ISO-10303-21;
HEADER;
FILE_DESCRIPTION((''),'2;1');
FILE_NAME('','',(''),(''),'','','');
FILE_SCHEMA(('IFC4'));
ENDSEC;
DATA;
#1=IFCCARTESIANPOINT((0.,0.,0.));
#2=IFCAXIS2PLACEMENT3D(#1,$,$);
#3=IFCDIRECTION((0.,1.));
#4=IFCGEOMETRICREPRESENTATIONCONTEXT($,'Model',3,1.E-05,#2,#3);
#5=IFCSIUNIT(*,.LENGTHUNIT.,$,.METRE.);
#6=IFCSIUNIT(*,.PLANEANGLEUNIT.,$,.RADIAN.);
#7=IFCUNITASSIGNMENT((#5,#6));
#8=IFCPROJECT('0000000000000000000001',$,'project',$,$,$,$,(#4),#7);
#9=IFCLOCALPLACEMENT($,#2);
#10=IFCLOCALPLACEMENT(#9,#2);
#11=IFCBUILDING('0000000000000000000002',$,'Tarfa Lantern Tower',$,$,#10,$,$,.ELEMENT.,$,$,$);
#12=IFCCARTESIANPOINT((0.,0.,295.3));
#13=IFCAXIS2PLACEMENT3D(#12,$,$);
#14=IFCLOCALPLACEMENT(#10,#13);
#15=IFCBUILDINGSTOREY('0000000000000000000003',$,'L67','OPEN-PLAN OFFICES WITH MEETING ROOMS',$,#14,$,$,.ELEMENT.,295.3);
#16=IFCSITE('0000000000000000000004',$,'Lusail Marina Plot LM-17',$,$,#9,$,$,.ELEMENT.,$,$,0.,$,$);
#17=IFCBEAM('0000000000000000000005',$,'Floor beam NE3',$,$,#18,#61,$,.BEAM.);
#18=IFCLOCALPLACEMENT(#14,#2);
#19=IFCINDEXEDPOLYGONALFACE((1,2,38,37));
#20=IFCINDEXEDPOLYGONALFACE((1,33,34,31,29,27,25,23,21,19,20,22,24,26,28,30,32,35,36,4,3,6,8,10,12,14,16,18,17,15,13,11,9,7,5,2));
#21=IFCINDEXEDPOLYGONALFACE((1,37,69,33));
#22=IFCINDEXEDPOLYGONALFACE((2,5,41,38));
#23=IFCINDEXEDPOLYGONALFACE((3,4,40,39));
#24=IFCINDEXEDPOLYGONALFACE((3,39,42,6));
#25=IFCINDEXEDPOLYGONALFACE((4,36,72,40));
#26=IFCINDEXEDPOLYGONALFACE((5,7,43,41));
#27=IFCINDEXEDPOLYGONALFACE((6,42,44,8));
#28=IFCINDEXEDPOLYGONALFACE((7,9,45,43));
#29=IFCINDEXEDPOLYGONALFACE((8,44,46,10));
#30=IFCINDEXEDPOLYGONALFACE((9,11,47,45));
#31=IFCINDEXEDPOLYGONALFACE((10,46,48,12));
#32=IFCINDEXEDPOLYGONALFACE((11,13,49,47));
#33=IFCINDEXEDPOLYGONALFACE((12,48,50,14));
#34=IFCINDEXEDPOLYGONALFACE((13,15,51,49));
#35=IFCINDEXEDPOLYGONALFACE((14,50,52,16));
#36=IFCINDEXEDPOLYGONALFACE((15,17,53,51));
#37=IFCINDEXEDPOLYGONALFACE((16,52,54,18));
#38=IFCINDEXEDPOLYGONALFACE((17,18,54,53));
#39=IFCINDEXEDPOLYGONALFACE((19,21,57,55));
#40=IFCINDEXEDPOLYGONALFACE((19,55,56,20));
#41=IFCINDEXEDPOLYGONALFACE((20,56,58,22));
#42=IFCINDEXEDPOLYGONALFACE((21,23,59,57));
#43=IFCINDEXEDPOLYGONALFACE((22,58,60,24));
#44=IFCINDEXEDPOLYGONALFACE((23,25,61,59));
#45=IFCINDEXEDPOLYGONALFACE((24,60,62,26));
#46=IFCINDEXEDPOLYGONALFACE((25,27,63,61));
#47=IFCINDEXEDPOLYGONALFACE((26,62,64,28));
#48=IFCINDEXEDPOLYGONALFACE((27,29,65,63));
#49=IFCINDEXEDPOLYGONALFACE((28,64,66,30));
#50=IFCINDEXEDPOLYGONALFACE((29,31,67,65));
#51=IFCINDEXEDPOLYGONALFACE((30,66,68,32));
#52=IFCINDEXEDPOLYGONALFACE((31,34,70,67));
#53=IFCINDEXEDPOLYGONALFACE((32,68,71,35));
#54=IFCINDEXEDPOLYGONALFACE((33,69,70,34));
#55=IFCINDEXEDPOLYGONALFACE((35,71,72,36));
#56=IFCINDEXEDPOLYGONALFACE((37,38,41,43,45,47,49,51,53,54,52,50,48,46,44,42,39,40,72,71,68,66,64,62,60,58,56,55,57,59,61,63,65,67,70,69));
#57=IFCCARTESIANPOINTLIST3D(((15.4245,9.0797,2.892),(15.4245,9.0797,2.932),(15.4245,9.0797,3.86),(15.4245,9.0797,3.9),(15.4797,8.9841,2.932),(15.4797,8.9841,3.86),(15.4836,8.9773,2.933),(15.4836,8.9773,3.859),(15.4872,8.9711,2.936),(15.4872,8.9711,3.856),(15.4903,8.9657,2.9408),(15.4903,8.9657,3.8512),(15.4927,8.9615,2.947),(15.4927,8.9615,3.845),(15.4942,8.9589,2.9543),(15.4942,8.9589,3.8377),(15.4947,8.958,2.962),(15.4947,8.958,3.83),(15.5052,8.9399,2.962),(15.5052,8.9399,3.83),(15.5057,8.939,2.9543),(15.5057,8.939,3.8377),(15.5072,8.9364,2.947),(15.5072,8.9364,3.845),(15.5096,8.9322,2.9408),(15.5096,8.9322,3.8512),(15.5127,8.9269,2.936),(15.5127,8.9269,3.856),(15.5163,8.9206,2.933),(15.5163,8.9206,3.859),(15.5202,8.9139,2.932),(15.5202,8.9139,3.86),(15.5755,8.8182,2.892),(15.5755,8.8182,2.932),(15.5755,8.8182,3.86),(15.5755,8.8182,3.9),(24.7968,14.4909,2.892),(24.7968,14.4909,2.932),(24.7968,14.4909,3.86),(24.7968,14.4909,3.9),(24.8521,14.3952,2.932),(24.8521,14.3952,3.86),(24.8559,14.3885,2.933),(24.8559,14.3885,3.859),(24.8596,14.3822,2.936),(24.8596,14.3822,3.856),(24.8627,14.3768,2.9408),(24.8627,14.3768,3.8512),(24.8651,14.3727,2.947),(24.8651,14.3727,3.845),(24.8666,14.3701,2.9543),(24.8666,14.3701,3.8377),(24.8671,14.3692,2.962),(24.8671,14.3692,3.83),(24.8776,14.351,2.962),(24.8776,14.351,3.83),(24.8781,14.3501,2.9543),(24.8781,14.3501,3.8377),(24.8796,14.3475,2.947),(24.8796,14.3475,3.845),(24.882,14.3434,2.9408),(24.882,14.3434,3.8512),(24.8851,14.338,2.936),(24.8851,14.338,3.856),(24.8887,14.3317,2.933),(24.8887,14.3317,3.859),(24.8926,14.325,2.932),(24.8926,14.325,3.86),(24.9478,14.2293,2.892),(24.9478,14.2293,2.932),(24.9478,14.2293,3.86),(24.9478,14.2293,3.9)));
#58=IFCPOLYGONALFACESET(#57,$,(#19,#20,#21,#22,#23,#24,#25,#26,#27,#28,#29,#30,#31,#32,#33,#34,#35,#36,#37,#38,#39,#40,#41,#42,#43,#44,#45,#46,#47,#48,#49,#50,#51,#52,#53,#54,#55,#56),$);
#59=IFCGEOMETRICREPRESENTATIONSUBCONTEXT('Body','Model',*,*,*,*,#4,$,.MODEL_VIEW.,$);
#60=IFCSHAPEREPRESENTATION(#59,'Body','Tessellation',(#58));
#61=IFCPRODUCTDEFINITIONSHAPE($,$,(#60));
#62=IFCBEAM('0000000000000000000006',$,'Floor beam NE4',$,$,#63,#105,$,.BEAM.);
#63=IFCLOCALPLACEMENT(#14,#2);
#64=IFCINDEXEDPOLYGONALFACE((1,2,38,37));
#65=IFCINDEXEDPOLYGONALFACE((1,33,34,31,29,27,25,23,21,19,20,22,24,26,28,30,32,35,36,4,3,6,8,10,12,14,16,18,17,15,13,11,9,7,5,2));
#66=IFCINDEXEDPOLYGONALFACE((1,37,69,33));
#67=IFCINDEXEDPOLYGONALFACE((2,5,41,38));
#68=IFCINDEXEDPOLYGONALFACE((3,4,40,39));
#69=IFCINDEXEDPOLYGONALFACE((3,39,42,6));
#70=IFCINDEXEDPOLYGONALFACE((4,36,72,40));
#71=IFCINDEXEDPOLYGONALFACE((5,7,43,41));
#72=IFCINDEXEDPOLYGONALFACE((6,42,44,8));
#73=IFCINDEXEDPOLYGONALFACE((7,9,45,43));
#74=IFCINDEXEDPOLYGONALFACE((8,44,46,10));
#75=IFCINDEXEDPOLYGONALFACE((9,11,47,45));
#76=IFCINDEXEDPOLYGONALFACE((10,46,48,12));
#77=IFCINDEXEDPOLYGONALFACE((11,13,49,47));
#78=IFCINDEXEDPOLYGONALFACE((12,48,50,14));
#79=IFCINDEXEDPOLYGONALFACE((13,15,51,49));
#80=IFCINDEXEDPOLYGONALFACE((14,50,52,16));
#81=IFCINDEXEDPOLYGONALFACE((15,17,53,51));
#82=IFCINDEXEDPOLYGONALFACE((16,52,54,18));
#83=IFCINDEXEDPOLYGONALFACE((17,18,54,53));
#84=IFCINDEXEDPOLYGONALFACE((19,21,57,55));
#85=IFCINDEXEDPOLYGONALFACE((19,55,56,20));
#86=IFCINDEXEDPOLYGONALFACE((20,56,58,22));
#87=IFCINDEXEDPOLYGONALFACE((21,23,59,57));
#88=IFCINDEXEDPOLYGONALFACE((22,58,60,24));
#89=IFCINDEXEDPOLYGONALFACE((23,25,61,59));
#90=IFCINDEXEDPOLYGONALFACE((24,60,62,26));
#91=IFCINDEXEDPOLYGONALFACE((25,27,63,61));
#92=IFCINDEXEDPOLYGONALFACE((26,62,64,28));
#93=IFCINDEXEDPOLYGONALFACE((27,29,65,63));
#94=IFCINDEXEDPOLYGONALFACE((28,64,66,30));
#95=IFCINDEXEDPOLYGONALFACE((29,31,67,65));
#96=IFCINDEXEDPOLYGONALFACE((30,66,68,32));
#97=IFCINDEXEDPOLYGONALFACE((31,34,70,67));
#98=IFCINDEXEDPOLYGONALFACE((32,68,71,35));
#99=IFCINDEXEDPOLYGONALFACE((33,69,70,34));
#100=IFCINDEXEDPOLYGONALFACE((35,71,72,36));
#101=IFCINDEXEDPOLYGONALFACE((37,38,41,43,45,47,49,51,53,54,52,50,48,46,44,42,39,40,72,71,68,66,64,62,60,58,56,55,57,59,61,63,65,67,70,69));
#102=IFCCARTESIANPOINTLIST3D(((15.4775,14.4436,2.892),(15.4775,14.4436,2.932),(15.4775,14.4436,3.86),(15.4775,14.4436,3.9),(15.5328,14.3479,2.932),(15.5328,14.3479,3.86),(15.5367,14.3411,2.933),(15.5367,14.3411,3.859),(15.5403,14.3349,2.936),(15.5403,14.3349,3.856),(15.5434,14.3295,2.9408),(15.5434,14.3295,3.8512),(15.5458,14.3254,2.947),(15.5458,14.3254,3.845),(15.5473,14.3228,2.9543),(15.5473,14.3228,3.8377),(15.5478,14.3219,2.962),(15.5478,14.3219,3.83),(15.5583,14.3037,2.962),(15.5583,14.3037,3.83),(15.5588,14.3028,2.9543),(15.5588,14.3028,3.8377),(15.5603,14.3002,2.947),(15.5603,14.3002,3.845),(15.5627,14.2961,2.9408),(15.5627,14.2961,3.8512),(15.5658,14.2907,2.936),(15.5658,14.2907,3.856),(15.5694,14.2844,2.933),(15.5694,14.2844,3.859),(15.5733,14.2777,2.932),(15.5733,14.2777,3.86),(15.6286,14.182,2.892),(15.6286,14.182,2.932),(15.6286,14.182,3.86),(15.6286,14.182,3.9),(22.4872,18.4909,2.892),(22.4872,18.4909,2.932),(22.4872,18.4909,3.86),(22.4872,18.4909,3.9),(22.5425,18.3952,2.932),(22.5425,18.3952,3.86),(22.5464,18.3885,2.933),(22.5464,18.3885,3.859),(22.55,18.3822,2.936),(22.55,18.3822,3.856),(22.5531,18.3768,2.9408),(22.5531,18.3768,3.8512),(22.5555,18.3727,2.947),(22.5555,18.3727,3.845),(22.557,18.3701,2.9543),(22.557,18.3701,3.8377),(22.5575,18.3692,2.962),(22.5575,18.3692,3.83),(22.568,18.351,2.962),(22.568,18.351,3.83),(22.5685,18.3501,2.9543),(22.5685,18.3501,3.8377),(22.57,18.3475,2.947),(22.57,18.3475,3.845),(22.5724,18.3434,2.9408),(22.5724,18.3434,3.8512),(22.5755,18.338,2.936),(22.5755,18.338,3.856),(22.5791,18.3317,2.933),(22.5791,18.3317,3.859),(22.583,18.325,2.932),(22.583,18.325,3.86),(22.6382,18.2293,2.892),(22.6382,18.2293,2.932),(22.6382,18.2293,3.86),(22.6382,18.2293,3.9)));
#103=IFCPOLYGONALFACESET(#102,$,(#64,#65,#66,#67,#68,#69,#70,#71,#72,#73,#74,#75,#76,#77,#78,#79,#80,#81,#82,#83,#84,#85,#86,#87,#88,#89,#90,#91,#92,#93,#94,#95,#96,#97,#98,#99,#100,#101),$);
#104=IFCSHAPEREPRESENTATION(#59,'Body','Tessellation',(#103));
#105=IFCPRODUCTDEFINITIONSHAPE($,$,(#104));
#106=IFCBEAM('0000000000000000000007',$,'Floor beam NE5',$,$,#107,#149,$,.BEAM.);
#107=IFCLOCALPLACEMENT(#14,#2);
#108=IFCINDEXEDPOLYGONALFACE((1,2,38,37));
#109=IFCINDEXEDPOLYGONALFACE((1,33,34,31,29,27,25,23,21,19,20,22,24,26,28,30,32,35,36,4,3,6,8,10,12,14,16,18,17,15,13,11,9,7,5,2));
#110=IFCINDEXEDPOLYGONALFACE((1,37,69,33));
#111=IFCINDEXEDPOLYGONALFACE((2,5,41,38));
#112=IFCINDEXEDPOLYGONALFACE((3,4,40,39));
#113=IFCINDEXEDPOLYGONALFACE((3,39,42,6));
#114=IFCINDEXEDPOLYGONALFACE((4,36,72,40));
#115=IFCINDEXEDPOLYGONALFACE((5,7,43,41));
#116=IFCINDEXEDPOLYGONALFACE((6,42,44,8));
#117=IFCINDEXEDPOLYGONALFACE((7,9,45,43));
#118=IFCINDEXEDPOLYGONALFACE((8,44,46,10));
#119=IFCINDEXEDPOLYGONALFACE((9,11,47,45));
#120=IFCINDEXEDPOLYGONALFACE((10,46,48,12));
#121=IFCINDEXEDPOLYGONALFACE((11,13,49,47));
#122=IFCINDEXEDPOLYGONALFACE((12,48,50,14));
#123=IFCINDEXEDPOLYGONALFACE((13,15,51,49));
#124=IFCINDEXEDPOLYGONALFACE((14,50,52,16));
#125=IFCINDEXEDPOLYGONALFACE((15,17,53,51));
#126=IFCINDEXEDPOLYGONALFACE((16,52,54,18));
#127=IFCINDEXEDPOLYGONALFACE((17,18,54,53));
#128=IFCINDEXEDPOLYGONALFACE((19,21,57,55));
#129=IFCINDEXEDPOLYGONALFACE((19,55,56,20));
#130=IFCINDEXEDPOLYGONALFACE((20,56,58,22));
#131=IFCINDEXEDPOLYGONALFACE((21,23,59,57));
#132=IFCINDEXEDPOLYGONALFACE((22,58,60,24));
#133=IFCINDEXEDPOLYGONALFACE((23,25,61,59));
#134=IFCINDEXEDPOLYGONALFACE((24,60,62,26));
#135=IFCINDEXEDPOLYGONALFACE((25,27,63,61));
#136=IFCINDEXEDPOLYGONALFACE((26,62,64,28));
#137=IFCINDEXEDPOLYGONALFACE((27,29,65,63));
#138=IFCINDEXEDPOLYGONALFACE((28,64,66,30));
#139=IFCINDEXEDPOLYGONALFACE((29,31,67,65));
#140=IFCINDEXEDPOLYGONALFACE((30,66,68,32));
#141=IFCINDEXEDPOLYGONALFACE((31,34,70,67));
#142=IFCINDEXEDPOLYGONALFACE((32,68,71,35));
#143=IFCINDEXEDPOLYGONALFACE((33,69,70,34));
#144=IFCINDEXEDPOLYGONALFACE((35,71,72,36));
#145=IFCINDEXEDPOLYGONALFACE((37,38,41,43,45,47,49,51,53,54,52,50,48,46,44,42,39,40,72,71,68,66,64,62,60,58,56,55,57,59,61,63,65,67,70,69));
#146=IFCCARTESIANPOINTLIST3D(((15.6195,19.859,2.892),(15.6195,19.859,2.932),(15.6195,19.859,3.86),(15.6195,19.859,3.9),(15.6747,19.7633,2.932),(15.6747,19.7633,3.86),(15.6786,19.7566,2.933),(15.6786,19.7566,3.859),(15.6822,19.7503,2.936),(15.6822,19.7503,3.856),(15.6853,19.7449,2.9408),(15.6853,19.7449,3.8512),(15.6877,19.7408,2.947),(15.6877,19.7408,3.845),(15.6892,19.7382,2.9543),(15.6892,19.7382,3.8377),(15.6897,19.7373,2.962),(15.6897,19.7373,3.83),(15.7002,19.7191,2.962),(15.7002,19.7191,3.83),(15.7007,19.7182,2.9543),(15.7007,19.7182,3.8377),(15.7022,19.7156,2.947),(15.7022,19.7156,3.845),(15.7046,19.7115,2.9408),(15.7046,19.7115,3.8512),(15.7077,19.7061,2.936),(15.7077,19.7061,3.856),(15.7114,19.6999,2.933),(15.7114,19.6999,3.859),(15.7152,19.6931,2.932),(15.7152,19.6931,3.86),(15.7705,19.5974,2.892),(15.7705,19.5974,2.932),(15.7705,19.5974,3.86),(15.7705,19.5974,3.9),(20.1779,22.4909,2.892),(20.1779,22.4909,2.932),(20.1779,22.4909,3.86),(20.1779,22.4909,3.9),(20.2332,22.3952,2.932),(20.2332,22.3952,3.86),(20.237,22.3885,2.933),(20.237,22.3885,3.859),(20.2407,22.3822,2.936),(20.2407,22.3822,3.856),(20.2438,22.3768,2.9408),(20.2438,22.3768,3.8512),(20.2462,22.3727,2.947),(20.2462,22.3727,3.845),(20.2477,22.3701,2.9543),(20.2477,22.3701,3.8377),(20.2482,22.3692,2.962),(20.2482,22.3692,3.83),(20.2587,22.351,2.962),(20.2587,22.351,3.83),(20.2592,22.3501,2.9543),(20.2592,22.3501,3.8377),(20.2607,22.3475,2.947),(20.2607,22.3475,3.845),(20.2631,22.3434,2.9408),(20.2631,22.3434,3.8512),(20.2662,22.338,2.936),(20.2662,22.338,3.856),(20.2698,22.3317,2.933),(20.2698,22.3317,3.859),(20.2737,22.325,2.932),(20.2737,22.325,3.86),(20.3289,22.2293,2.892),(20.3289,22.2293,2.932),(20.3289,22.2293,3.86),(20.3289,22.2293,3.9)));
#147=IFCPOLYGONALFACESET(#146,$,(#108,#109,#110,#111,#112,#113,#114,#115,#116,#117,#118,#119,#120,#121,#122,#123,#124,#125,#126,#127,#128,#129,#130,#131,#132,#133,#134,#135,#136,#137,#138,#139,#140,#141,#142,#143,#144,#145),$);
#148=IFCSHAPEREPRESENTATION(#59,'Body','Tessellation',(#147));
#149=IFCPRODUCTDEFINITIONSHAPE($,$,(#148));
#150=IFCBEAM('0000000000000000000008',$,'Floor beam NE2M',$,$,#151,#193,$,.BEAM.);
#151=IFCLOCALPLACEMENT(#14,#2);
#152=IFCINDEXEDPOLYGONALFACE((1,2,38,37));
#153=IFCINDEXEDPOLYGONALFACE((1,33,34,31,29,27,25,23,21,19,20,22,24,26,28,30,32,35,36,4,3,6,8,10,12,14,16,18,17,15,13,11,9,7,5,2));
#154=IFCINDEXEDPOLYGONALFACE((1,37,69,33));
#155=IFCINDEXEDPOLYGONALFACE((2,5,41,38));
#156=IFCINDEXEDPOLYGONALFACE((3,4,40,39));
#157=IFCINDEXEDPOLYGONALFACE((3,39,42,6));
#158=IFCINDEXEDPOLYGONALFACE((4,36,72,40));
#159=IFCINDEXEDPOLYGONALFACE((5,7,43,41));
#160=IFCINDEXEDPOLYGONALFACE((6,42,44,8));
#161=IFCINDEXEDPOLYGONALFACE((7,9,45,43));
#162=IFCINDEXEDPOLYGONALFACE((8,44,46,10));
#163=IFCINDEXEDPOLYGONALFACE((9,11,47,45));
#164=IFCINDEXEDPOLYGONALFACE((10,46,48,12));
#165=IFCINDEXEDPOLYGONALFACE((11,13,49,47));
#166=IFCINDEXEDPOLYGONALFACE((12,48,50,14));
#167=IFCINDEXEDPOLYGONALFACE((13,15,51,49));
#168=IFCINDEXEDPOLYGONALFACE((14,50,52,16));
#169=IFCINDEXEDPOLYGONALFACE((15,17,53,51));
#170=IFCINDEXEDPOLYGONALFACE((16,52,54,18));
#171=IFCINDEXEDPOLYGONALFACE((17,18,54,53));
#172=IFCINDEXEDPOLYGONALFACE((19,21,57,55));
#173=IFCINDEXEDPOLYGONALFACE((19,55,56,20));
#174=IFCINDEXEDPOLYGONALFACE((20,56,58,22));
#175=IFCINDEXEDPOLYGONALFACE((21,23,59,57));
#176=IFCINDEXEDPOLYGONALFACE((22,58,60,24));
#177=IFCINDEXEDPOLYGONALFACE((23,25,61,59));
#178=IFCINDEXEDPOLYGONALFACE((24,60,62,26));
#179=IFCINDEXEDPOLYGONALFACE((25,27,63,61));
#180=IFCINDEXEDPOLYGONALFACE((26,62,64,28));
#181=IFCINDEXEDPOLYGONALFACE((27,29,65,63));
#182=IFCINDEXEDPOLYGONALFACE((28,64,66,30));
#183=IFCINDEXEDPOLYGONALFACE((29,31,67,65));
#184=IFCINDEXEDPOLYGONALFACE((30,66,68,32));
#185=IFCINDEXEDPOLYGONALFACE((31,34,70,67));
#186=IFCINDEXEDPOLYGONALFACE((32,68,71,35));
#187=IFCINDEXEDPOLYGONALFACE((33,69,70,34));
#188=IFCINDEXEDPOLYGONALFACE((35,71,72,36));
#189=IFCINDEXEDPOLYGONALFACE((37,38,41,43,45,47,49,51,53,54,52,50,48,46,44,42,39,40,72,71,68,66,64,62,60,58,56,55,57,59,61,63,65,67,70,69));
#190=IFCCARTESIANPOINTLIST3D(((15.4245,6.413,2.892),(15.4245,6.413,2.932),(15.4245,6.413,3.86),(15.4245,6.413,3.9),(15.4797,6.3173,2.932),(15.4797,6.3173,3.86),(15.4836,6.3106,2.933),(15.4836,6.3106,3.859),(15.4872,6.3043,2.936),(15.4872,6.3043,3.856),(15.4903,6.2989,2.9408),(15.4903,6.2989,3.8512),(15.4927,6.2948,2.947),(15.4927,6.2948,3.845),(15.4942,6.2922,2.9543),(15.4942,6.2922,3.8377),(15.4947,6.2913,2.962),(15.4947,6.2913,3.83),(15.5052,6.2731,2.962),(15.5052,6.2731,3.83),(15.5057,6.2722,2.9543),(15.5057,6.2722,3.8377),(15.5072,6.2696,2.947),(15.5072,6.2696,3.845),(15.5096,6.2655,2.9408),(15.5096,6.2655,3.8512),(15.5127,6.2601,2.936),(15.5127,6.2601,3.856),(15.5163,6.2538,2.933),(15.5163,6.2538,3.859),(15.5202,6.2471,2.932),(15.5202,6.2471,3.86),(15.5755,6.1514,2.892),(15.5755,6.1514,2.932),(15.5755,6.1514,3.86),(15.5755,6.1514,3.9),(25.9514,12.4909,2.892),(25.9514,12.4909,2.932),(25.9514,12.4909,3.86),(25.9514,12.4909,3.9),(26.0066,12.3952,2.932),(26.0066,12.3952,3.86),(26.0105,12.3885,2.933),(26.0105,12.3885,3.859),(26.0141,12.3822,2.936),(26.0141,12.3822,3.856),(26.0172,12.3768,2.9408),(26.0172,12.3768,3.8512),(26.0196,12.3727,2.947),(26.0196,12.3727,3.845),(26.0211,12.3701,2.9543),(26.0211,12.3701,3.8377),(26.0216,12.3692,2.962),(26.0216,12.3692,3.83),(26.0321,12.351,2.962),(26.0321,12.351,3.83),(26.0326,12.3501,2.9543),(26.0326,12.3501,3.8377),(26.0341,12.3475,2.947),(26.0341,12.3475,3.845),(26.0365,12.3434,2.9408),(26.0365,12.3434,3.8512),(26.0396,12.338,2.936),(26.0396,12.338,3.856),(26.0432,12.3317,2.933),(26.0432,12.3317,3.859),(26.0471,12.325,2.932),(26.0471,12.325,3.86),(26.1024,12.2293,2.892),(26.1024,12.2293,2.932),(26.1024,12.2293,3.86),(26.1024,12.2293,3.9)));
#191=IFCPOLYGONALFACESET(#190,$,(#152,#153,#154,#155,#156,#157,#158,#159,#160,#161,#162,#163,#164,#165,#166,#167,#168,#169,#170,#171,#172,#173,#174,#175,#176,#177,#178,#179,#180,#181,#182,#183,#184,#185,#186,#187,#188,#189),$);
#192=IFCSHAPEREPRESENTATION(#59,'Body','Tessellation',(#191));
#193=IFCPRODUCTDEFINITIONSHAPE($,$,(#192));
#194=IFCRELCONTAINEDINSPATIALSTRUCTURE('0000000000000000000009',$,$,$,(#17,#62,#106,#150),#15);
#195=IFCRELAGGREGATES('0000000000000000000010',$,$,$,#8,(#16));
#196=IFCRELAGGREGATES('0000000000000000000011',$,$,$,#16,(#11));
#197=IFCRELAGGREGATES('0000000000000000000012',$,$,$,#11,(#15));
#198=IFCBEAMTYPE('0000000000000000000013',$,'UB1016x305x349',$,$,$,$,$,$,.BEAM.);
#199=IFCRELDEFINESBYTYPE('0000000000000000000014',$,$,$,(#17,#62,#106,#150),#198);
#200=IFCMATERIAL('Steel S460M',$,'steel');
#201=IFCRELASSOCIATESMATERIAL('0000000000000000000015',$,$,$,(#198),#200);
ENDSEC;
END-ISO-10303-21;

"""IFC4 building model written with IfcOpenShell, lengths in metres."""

from ifc_helpers import new_model, si_unit, direction, frame, origin, origin_2d, place, context, subcontext, project, spatial, i_section, extrude, material, material_profile, profile_set, type_object, element, save


model = new_model("IFC4")

# Units and contexts
model_context = context("Model", 3, precision=1e-05, world=origin(), true_north=direction((0.0, 1.0)))
body_context = subcontext(model_context, "Body", "Model", "MODEL_VIEW")
ifc_project = project(units=[si_unit("LENGTHUNIT", "METRE"), si_unit("PLANEANGLEUNIT", "RADIAN")], contexts=[model_context])

# Site, building, storey
site_placement = place(None, origin())
site = spatial("IfcSite", under=ifc_project, at=site_placement, Name="Lusail Marina Plot LM-17", CompositionType="ELEMENT", RefElevation=0.0)
building_placement = place(site_placement, origin())
building = spatial("IfcBuilding", under=site, at=building_placement, Name="Tarfa Lantern Tower", CompositionType="ELEMENT")
storey_placement = place(building_placement, frame((0.0, 0.0, 295.3)))
storey = spatial("IfcBuildingStorey", under=building, at=storey_placement, Name="L67", Description="OPEN-PLAN OFFICES WITH MEETING ROOMS", CompositionType="ELEMENT", Elevation=295.3)

# Beams
ifc_material_1 = material(Name="Steel S460M", Category="steel")
ifc_material_profile_1 = material_profile(ifc_material_1, i_section(OverallWidth=0.302, OverallDepth=1.0081, WebThickness=0.021, FlangeThickness=0.04, FilletRadius=0.03, at=origin_2d()), Name="UB1016x305x349")
ifc_profile_set_1 = profile_set([ifc_material_profile_1], Name="Steel S460M")
beam_type_1 = type_object("IfcBeamType", Name="UB1016x305x349", PredefinedType="BEAM", material=ifc_profile_set_1)
beam_1_placement = place(storey_placement, frame((24.8723, 14.3601, 3.396), z_axis=(-0.866024, -0.500002, 0.0), x_axis=(0.500002, -0.866024, 0.0)))
element("IfcBeam", 1, at=beam_1_placement, inside=storey, type_object=beam_type_1, Name="Floor beam NE3", PredefinedType="BEAM", context=body_context, shape_type="SweptSolid", body=[
    extrude(i_section(OverallWidth=0.302, OverallDepth=1.0081, WebThickness=0.021, FlangeThickness=0.04, FilletRadius=0.03, at=origin_2d()), origin(), (0.0, 0.0, 1.0), 10.8223),
])
beam_2_placement = place(storey_placement, frame((22.5627, 18.3601, 3.396), z_axis=(-0.866011, -0.500025, 0.0), x_axis=(0.500025, -0.866011, 0.0)))
element("IfcBeam", 2, at=beam_2_placement, inside=storey, type_object=beam_type_1, Name="Floor beam NE4", PredefinedType="BEAM", context=body_context, shape_type="SweptSolid", body=[
    extrude(i_section(OverallWidth=0.302, OverallDepth=1.0081, WebThickness=0.021, FlangeThickness=0.04, FilletRadius=0.03, at=origin_2d()), origin(), (0.0, 0.0, 1.0), 8.0942),
])
beam_3_placement = place(storey_placement, frame((20.2534, 22.3601, 3.396), z_axis=(-0.86602, -0.50001, 0.0), x_axis=(0.50001, -0.86602, 0.0)))
element("IfcBeam", 3, at=beam_3_placement, inside=storey, type_object=beam_type_1, Name="Floor beam NE5", PredefinedType="BEAM", context=body_context, shape_type="SweptSolid", body=[
    extrude(i_section(OverallWidth=0.302, OverallDepth=1.0081, WebThickness=0.021, FlangeThickness=0.04, FilletRadius=0.03, at=origin_2d()), origin(), (0.0, 0.0, 1.0), 5.2637),
])
beam_4_placement = place(storey_placement, frame((26.0269, 12.3601, 3.396), z_axis=(-0.866018, -0.500012, 0.0), x_axis=(0.500012, -0.866018, 0.0)))
element("IfcBeam", 4, at=beam_4_placement, inside=storey, type_object=beam_type_1, Name="Floor beam NE2M", PredefinedType="BEAM", context=body_context, shape_type="SweptSolid", body=[
    extrude(i_section(OverallWidth=0.302, OverallDepth=1.0081, WebThickness=0.021, FlangeThickness=0.04, FilletRadius=0.03, at=origin_2d()), origin(), (0.0, 0.0, 1.0), 12.1555),
])

save(model, "model.ifc")
